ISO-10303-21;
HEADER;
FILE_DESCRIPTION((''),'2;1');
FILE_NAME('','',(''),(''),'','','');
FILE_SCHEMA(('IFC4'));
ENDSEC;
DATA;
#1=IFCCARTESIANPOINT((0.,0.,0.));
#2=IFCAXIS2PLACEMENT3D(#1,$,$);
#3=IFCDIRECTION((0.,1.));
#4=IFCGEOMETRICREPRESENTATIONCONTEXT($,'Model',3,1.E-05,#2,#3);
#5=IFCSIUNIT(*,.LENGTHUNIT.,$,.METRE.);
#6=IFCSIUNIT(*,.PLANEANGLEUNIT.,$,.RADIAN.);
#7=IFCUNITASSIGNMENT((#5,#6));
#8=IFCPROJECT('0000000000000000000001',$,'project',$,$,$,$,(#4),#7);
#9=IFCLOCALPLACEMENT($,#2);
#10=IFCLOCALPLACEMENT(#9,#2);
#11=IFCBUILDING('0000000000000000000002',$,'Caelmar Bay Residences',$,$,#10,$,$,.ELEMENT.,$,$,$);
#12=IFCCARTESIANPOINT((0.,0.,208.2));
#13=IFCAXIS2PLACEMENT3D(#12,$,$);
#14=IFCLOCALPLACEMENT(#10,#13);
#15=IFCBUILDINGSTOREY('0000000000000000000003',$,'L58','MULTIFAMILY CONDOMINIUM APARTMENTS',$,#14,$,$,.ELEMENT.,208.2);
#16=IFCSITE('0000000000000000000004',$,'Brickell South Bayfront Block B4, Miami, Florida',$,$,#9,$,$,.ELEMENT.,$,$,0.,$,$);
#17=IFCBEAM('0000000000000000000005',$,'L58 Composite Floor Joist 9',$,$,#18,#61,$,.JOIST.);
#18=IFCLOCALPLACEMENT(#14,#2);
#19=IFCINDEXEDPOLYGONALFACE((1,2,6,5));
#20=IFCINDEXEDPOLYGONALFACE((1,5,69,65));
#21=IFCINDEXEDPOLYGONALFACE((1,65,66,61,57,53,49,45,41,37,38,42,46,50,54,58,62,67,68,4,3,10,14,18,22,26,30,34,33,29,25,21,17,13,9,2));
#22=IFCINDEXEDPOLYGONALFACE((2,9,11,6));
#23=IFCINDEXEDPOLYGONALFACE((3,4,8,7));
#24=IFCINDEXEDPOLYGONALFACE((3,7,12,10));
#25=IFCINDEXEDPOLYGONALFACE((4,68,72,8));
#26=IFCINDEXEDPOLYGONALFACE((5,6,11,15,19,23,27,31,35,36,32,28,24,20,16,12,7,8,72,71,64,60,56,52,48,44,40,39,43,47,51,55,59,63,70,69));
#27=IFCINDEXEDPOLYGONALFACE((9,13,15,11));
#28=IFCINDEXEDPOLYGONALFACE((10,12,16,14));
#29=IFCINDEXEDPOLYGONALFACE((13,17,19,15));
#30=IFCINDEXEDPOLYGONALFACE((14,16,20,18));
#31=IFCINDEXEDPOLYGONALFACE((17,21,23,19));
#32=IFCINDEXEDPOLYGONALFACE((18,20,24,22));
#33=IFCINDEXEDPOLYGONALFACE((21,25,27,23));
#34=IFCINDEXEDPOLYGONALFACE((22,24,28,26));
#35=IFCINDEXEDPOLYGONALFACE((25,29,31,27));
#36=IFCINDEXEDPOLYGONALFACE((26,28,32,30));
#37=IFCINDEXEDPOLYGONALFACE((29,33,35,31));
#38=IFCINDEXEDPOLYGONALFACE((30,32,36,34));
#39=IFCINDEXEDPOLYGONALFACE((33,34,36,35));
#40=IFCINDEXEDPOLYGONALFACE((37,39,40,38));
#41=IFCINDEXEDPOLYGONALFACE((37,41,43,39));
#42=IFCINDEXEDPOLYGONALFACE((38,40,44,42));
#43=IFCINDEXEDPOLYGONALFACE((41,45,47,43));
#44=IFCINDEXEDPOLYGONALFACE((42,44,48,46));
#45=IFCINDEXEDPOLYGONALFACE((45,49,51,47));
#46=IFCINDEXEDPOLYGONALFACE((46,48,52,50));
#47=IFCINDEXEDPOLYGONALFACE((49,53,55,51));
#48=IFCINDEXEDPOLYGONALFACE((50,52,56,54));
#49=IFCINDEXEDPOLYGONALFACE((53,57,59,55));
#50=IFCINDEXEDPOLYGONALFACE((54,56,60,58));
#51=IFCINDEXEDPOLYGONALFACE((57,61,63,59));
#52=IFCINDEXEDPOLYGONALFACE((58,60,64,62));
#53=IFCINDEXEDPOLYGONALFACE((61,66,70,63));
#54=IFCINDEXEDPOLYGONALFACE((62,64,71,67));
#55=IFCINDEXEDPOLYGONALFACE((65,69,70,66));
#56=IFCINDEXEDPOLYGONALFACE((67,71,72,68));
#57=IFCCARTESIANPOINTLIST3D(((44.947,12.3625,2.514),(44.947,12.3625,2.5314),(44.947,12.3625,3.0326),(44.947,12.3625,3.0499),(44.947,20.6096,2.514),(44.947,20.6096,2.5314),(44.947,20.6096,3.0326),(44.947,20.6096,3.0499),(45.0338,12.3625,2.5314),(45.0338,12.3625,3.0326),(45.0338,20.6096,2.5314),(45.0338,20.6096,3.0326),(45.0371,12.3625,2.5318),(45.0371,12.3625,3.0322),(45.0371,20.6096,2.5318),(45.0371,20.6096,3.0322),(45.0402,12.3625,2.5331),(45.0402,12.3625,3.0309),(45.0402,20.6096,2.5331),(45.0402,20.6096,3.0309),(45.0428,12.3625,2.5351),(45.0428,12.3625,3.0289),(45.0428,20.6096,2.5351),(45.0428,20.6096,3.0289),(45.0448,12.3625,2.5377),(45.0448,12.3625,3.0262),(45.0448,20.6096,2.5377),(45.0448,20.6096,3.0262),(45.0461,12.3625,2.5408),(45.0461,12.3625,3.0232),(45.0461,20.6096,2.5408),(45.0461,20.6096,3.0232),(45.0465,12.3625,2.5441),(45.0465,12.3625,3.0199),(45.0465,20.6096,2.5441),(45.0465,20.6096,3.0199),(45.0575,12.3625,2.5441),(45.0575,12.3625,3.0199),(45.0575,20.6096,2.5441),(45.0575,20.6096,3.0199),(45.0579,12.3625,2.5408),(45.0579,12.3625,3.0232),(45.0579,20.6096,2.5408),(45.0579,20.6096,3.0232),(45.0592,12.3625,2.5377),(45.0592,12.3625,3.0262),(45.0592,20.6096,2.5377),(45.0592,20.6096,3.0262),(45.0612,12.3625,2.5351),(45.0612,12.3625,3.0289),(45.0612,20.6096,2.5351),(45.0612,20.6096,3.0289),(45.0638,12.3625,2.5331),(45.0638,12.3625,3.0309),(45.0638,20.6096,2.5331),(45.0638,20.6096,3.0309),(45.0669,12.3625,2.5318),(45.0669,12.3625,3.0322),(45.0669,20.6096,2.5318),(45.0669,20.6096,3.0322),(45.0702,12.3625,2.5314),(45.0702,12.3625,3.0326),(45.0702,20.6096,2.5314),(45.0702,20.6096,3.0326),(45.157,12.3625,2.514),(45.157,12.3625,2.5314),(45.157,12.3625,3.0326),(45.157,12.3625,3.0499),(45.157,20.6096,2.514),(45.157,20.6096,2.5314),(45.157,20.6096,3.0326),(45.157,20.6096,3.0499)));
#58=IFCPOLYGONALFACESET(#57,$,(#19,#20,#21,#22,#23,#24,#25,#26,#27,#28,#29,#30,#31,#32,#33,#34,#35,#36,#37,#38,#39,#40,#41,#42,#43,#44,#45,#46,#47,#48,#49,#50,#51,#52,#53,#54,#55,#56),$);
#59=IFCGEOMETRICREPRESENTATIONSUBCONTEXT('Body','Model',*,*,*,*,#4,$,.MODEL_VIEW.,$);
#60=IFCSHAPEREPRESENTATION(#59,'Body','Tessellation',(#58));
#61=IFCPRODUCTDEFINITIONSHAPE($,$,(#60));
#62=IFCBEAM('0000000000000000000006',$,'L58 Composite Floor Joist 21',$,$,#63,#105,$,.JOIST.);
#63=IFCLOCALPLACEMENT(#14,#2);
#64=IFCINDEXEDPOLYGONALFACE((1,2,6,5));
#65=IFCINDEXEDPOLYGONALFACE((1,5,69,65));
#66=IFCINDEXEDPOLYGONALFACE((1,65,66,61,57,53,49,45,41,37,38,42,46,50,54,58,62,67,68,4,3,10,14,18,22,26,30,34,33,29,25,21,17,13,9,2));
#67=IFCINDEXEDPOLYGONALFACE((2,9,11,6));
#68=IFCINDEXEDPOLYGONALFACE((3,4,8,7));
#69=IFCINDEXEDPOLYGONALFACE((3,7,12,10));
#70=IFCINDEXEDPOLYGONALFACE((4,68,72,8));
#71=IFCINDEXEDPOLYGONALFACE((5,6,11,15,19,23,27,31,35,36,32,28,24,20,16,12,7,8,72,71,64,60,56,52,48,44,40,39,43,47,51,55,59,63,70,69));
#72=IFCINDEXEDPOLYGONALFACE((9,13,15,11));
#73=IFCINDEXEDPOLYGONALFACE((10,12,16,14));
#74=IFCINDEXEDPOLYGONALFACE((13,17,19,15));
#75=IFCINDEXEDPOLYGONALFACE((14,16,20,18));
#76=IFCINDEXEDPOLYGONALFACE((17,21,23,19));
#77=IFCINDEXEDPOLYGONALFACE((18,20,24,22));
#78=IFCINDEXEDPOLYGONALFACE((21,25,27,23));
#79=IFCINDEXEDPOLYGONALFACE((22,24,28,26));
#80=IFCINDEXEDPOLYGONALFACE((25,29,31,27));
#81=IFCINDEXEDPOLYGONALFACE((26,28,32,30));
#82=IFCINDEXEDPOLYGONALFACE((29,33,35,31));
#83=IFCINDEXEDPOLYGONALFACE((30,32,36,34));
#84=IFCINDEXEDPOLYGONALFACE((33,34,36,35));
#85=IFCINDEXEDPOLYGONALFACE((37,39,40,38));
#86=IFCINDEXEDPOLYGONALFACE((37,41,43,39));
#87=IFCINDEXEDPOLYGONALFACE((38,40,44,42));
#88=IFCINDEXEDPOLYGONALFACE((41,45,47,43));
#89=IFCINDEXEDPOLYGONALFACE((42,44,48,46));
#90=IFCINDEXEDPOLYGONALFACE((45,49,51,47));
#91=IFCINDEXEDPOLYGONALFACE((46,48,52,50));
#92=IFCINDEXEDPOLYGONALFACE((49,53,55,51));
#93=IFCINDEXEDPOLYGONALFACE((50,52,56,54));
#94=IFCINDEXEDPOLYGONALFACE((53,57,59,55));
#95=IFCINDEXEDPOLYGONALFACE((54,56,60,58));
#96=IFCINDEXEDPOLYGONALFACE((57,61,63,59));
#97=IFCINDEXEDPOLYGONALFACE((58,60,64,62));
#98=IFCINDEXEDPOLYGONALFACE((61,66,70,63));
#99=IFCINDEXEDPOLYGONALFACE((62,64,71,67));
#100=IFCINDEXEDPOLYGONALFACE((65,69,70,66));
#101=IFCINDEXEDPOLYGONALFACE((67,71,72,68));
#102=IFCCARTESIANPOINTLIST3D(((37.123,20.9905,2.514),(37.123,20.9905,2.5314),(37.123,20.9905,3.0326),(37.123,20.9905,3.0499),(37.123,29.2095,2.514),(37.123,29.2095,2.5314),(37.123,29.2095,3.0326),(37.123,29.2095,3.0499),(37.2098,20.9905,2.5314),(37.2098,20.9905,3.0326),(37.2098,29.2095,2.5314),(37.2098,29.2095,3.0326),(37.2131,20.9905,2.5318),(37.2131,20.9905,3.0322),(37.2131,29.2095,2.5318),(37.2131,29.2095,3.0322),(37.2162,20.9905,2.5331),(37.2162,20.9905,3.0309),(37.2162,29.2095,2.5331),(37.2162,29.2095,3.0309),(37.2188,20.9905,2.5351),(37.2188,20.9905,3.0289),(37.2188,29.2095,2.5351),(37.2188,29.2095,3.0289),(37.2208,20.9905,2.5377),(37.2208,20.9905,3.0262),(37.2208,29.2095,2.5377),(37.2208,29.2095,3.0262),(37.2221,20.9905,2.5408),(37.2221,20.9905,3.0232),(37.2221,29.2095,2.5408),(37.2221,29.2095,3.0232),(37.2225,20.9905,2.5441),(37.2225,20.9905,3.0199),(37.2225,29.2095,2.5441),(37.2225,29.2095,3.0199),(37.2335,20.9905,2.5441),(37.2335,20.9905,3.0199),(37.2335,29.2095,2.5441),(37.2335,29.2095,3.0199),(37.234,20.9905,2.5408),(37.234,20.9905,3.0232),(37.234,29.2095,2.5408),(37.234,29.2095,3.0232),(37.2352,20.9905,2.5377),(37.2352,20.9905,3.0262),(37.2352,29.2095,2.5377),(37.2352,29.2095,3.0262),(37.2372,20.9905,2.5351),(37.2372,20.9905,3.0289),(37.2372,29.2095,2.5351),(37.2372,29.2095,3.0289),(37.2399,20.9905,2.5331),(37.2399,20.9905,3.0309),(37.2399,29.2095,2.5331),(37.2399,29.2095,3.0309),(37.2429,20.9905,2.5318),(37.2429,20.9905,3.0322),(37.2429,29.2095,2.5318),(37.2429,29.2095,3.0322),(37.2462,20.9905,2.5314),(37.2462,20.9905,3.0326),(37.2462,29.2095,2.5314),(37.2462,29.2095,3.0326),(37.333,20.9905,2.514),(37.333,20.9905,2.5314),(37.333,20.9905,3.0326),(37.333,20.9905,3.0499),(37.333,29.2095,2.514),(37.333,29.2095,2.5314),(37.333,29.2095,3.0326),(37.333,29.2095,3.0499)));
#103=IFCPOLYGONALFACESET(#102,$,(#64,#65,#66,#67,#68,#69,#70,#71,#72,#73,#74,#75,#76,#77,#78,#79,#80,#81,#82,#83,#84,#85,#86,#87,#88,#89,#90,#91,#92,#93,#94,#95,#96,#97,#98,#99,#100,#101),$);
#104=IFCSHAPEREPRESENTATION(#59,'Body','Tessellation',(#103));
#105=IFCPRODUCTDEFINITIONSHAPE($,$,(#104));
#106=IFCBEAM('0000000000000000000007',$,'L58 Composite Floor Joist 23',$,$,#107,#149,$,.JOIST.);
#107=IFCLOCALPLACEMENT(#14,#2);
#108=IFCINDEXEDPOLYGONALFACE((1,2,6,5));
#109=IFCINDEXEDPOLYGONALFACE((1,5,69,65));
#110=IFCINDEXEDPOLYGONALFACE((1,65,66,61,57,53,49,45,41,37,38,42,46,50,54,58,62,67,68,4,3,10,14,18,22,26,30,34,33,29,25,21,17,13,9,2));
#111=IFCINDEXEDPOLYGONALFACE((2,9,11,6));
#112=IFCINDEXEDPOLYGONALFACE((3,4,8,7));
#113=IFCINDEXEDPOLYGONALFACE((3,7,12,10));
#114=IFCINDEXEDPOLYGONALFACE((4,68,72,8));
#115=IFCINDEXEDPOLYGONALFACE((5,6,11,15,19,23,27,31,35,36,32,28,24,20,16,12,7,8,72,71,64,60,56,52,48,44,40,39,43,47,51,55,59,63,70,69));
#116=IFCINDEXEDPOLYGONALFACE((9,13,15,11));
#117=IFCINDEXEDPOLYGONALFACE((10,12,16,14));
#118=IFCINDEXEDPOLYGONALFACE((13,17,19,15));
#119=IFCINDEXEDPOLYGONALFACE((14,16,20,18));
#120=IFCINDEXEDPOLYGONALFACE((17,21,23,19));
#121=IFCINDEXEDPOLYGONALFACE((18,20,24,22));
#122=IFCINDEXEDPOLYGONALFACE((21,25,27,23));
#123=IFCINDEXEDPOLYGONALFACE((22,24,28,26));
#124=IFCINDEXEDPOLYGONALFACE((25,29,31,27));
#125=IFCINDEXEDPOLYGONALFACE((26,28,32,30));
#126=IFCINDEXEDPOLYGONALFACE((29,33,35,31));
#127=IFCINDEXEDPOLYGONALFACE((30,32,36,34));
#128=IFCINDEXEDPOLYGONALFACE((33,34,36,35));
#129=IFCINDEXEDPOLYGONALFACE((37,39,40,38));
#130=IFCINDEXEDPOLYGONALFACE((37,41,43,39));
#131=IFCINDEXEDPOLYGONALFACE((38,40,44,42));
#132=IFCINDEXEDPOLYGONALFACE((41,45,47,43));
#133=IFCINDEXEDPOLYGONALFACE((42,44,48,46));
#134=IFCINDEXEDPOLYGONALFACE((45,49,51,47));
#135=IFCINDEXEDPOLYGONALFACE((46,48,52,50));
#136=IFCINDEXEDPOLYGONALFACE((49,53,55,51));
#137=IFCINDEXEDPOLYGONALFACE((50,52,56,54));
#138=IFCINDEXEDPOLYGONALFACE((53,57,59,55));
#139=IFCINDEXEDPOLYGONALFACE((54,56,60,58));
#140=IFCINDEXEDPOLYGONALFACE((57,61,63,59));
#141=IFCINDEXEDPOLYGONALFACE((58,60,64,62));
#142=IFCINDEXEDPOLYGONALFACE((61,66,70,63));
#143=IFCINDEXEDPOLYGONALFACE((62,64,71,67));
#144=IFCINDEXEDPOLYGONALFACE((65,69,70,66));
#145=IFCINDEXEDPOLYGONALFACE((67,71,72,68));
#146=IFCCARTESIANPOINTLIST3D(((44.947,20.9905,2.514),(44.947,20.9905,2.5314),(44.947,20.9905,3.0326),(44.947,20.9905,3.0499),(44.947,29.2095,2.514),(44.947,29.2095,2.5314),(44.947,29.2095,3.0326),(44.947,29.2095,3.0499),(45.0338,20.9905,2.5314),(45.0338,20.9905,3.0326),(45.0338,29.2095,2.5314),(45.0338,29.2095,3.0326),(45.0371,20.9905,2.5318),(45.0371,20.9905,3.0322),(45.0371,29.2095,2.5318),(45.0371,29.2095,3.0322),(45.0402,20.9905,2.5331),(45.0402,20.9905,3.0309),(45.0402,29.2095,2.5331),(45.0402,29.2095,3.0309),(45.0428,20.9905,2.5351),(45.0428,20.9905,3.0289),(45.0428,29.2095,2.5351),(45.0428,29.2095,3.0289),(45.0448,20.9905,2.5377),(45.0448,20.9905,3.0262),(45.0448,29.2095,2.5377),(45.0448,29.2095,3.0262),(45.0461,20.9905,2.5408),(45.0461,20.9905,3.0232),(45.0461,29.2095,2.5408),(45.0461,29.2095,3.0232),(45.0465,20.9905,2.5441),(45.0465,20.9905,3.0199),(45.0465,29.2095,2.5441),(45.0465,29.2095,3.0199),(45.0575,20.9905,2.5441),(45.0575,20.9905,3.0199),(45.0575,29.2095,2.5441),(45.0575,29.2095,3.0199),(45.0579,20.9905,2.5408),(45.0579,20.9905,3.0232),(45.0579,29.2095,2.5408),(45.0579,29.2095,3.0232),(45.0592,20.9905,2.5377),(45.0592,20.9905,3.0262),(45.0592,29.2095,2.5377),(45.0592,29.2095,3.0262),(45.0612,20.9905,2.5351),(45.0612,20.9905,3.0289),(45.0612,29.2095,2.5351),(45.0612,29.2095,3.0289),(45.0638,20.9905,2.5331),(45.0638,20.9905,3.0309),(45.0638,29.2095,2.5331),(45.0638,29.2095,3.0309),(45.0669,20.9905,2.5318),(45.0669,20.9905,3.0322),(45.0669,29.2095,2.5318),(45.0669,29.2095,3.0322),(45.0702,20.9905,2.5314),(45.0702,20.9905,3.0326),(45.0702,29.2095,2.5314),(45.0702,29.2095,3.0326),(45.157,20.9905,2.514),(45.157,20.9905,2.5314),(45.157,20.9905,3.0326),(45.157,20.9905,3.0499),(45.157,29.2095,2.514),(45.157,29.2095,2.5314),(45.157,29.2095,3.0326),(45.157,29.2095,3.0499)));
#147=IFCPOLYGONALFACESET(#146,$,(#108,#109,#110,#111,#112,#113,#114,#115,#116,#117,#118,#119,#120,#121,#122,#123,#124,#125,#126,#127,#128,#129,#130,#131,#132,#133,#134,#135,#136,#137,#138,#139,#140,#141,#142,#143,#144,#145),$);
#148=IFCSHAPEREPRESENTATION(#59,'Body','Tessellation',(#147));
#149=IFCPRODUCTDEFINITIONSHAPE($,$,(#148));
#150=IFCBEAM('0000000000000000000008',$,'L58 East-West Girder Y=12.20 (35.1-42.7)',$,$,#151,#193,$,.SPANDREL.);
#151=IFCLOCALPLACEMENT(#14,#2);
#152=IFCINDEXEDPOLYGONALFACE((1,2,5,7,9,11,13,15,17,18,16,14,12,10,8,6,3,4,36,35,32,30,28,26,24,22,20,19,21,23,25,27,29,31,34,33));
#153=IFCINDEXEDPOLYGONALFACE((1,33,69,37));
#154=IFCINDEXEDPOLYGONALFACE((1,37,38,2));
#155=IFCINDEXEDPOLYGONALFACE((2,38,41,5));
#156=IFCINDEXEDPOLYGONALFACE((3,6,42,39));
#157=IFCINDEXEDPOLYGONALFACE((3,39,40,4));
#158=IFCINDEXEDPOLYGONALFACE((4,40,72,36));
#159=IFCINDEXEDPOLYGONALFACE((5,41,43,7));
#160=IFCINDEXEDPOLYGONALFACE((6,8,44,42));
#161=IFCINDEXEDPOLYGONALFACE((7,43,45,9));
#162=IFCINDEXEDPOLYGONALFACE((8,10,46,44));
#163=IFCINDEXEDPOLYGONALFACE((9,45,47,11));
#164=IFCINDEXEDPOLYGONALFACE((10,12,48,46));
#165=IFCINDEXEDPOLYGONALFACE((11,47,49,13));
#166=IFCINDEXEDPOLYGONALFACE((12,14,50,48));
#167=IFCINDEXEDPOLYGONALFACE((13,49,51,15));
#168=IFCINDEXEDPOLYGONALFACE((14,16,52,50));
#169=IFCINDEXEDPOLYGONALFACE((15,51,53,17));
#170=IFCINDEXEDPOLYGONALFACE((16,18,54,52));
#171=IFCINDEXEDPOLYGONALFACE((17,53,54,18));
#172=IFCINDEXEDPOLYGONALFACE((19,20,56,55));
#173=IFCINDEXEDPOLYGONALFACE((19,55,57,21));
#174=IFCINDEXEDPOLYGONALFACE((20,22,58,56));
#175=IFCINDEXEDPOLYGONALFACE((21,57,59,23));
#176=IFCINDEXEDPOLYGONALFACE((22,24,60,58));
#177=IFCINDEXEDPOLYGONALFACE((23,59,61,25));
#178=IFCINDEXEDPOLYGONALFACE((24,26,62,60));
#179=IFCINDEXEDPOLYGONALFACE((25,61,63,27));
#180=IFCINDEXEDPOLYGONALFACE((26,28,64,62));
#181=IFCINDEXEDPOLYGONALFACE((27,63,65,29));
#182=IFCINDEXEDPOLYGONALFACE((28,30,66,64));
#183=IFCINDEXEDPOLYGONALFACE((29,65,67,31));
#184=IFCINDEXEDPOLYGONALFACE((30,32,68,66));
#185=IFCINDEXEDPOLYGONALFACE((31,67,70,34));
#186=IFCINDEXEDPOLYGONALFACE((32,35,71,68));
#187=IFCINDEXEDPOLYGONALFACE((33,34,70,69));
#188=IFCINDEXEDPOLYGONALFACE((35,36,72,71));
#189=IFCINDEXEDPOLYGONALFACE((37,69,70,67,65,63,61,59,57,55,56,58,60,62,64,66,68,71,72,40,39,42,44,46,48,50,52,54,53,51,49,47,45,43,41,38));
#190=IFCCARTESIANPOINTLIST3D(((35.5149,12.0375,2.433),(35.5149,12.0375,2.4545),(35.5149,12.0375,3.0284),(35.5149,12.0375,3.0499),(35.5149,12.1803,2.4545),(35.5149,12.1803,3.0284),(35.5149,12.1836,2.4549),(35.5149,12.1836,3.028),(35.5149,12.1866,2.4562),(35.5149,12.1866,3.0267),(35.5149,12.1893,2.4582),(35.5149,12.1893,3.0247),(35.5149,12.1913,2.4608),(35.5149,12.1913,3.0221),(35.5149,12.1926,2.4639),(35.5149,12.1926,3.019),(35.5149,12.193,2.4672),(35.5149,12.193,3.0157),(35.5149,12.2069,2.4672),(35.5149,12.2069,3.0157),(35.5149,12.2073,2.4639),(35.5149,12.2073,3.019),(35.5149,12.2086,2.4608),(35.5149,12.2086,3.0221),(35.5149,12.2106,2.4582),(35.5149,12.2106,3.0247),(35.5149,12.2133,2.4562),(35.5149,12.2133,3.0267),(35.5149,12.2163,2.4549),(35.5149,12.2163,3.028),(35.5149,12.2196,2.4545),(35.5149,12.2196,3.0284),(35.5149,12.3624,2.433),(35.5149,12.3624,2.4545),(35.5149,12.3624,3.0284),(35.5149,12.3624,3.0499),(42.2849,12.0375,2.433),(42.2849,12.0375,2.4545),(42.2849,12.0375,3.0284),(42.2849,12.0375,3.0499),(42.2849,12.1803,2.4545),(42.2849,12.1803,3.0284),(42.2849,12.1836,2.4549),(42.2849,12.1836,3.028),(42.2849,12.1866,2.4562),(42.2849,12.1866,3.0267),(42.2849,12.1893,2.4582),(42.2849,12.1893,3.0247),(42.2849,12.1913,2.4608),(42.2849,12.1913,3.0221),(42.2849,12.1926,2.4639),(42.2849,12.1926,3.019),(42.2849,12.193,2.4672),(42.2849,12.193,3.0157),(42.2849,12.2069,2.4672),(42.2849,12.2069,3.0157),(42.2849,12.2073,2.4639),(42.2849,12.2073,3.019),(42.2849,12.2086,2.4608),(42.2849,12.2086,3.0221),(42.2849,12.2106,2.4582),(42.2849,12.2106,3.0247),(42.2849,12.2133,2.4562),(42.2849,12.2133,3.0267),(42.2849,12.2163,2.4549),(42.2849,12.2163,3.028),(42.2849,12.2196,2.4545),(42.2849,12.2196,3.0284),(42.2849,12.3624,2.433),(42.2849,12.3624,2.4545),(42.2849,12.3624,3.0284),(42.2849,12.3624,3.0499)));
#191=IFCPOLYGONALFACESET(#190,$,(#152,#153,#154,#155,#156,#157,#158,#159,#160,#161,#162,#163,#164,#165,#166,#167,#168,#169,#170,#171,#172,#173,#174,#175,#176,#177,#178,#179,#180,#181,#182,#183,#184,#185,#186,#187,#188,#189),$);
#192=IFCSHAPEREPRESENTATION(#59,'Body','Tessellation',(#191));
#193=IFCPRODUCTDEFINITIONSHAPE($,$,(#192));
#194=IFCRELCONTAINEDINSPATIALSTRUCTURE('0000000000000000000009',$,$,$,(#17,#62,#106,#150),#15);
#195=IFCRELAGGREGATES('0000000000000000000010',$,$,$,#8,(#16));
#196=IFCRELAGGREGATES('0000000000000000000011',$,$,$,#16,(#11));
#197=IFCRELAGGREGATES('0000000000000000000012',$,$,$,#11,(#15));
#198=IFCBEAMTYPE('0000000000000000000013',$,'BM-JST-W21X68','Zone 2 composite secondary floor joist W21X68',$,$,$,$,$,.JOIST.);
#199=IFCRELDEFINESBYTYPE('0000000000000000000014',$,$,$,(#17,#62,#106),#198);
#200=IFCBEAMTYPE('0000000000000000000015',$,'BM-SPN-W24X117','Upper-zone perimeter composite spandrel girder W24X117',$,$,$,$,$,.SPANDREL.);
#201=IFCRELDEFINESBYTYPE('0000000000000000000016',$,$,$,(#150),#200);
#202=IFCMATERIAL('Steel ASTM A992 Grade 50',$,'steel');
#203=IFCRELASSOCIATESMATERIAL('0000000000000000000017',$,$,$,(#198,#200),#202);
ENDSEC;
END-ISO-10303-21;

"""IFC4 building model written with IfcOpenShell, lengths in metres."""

from ifc_helpers import new_model, si_unit, direction, frame, origin, origin_2d, place, context, subcontext, project, spatial, i_section, extrude, material, material_profile, profile_set, type_object, element, save


model = new_model("IFC4")

# Units and contexts
model_context = context("Model", 3, precision=1e-05, world=origin(), true_north=direction((0.0, 1.0)))
body_context = subcontext(model_context, "Body", "Model", "MODEL_VIEW")
ifc_project = project(units=[si_unit("LENGTHUNIT", "METRE"), si_unit("PLANEANGLEUNIT", "RADIAN")], contexts=[model_context])

# Site, building, storey
site_placement = place(None, origin())
site = spatial("IfcSite", under=ifc_project, at=site_placement, Name="Brickell South Bayfront Block B4, Miami, Florida", CompositionType="ELEMENT", RefElevation=0.0)
building_placement = place(site_placement, origin())
building = spatial("IfcBuilding", under=site, at=building_placement, Name="Caelmar Bay Residences", CompositionType="ELEMENT")
storey_placement = place(building_placement, frame((0.0, 0.0, 208.2)))
storey = spatial("IfcBuildingStorey", under=building, at=storey_placement, Name="L58", Description="MULTIFAMILY CONDOMINIUM APARTMENTS", CompositionType="ELEMENT", Elevation=208.2)

# Beams
ifc_material_1 = material(Name="Steel ASTM A992 Grade 50", Category="steel")
ifc_material_profile_1 = material_profile(ifc_material_1, i_section(OverallWidth=0.21, OverallDepth=0.5359, WebThickness=0.011, FlangeThickness=0.0173, FilletRadius=0.0127, at=origin_2d()), Name="W21X68")
ifc_profile_set_1 = profile_set([ifc_material_profile_1], Name="Steel ASTM A992 Grade 50")
beam_type_1 = type_object("IfcBeamType", Name="BM-JST-W21X68", Description="Zone 2 composite secondary floor joist W21X68", PredefinedType="JOIST", material=ifc_profile_set_1)
for number, where, z_axis, x_axis, name in (
    (1, (45.052, 12.3625, 2.782), (0.0, 1.0, 0.0), (-1.0, 0.0, 0.0), "L58 Composite Floor Joist 9"),
):
    element("IfcBeam", number, at=place(storey_placement, frame(where, z_axis=z_axis, x_axis=x_axis)), inside=storey, type_object=beam_type_1, Name=name, PredefinedType="JOIST", context=body_context, shape_type="SweptSolid", body=[
        extrude(i_section(OverallWidth=0.21, OverallDepth=0.5359, WebThickness=0.011, FlangeThickness=0.0173, FilletRadius=0.0127, at=origin_2d()), origin(), (0.0, 0.0, 1.0), 8.2471),
    ])
for number, where, z_axis, x_axis, name in (
    (2, (37.228, 20.9905, 2.782), (0.0, 1.0, 0.0), (-1.0, 0.0, 0.0), "L58 Composite Floor Joist 21"),
    (3, (45.052, 20.9905, 2.782), (0.0, 1.0, 0.0), (-1.0, 0.0, 0.0), "L58 Composite Floor Joist 23"),
):
    element("IfcBeam", number, at=place(storey_placement, frame(where, z_axis=z_axis, x_axis=x_axis)), inside=storey, type_object=beam_type_1, Name=name, PredefinedType="JOIST", context=body_context, shape_type="SweptSolid", body=[
        extrude(i_section(OverallWidth=0.21, OverallDepth=0.5359, WebThickness=0.011, FlangeThickness=0.0173, FilletRadius=0.0127, at=origin_2d()), origin(), (0.0, 0.0, 1.0), 8.219),
    ])
ifc_material_profile_2 = material_profile(ifc_material_1, i_section(OverallWidth=0.325, OverallDepth=0.6169, WebThickness=0.0139, FlangeThickness=0.0215, FilletRadius=0.0127, at=origin_2d()), Name="W24X117")
ifc_profile_set_2 = profile_set([ifc_material_profile_2], Name="Steel ASTM A992 Grade 50")
beam_type_2 = type_object("IfcBeamType", Name="BM-SPN-W24X117", Description="Upper-zone perimeter composite spandrel girder W24X117", PredefinedType="SPANDREL", material=ifc_profile_set_2)
beam_1_placement = place(storey_placement, frame((35.5149, 12.2, 2.7415), z_axis=(1.0, 0.0, 0.0), x_axis=(0.0, 1.0, 0.0)))
element("IfcBeam", 4, at=beam_1_placement, inside=storey, type_object=beam_type_2, Name="L58 East-West Girder Y=12.20 (35.1-42.7)", PredefinedType="SPANDREL", context=body_context, shape_type="SweptSolid", body=[
    extrude(i_section(OverallWidth=0.325, OverallDepth=0.6169, WebThickness=0.0139, FlangeThickness=0.0215, FilletRadius=0.0127, at=origin_2d()), origin(), (0.0, 0.0, 1.0), 6.77),
])

save(model, "model.ifc")
